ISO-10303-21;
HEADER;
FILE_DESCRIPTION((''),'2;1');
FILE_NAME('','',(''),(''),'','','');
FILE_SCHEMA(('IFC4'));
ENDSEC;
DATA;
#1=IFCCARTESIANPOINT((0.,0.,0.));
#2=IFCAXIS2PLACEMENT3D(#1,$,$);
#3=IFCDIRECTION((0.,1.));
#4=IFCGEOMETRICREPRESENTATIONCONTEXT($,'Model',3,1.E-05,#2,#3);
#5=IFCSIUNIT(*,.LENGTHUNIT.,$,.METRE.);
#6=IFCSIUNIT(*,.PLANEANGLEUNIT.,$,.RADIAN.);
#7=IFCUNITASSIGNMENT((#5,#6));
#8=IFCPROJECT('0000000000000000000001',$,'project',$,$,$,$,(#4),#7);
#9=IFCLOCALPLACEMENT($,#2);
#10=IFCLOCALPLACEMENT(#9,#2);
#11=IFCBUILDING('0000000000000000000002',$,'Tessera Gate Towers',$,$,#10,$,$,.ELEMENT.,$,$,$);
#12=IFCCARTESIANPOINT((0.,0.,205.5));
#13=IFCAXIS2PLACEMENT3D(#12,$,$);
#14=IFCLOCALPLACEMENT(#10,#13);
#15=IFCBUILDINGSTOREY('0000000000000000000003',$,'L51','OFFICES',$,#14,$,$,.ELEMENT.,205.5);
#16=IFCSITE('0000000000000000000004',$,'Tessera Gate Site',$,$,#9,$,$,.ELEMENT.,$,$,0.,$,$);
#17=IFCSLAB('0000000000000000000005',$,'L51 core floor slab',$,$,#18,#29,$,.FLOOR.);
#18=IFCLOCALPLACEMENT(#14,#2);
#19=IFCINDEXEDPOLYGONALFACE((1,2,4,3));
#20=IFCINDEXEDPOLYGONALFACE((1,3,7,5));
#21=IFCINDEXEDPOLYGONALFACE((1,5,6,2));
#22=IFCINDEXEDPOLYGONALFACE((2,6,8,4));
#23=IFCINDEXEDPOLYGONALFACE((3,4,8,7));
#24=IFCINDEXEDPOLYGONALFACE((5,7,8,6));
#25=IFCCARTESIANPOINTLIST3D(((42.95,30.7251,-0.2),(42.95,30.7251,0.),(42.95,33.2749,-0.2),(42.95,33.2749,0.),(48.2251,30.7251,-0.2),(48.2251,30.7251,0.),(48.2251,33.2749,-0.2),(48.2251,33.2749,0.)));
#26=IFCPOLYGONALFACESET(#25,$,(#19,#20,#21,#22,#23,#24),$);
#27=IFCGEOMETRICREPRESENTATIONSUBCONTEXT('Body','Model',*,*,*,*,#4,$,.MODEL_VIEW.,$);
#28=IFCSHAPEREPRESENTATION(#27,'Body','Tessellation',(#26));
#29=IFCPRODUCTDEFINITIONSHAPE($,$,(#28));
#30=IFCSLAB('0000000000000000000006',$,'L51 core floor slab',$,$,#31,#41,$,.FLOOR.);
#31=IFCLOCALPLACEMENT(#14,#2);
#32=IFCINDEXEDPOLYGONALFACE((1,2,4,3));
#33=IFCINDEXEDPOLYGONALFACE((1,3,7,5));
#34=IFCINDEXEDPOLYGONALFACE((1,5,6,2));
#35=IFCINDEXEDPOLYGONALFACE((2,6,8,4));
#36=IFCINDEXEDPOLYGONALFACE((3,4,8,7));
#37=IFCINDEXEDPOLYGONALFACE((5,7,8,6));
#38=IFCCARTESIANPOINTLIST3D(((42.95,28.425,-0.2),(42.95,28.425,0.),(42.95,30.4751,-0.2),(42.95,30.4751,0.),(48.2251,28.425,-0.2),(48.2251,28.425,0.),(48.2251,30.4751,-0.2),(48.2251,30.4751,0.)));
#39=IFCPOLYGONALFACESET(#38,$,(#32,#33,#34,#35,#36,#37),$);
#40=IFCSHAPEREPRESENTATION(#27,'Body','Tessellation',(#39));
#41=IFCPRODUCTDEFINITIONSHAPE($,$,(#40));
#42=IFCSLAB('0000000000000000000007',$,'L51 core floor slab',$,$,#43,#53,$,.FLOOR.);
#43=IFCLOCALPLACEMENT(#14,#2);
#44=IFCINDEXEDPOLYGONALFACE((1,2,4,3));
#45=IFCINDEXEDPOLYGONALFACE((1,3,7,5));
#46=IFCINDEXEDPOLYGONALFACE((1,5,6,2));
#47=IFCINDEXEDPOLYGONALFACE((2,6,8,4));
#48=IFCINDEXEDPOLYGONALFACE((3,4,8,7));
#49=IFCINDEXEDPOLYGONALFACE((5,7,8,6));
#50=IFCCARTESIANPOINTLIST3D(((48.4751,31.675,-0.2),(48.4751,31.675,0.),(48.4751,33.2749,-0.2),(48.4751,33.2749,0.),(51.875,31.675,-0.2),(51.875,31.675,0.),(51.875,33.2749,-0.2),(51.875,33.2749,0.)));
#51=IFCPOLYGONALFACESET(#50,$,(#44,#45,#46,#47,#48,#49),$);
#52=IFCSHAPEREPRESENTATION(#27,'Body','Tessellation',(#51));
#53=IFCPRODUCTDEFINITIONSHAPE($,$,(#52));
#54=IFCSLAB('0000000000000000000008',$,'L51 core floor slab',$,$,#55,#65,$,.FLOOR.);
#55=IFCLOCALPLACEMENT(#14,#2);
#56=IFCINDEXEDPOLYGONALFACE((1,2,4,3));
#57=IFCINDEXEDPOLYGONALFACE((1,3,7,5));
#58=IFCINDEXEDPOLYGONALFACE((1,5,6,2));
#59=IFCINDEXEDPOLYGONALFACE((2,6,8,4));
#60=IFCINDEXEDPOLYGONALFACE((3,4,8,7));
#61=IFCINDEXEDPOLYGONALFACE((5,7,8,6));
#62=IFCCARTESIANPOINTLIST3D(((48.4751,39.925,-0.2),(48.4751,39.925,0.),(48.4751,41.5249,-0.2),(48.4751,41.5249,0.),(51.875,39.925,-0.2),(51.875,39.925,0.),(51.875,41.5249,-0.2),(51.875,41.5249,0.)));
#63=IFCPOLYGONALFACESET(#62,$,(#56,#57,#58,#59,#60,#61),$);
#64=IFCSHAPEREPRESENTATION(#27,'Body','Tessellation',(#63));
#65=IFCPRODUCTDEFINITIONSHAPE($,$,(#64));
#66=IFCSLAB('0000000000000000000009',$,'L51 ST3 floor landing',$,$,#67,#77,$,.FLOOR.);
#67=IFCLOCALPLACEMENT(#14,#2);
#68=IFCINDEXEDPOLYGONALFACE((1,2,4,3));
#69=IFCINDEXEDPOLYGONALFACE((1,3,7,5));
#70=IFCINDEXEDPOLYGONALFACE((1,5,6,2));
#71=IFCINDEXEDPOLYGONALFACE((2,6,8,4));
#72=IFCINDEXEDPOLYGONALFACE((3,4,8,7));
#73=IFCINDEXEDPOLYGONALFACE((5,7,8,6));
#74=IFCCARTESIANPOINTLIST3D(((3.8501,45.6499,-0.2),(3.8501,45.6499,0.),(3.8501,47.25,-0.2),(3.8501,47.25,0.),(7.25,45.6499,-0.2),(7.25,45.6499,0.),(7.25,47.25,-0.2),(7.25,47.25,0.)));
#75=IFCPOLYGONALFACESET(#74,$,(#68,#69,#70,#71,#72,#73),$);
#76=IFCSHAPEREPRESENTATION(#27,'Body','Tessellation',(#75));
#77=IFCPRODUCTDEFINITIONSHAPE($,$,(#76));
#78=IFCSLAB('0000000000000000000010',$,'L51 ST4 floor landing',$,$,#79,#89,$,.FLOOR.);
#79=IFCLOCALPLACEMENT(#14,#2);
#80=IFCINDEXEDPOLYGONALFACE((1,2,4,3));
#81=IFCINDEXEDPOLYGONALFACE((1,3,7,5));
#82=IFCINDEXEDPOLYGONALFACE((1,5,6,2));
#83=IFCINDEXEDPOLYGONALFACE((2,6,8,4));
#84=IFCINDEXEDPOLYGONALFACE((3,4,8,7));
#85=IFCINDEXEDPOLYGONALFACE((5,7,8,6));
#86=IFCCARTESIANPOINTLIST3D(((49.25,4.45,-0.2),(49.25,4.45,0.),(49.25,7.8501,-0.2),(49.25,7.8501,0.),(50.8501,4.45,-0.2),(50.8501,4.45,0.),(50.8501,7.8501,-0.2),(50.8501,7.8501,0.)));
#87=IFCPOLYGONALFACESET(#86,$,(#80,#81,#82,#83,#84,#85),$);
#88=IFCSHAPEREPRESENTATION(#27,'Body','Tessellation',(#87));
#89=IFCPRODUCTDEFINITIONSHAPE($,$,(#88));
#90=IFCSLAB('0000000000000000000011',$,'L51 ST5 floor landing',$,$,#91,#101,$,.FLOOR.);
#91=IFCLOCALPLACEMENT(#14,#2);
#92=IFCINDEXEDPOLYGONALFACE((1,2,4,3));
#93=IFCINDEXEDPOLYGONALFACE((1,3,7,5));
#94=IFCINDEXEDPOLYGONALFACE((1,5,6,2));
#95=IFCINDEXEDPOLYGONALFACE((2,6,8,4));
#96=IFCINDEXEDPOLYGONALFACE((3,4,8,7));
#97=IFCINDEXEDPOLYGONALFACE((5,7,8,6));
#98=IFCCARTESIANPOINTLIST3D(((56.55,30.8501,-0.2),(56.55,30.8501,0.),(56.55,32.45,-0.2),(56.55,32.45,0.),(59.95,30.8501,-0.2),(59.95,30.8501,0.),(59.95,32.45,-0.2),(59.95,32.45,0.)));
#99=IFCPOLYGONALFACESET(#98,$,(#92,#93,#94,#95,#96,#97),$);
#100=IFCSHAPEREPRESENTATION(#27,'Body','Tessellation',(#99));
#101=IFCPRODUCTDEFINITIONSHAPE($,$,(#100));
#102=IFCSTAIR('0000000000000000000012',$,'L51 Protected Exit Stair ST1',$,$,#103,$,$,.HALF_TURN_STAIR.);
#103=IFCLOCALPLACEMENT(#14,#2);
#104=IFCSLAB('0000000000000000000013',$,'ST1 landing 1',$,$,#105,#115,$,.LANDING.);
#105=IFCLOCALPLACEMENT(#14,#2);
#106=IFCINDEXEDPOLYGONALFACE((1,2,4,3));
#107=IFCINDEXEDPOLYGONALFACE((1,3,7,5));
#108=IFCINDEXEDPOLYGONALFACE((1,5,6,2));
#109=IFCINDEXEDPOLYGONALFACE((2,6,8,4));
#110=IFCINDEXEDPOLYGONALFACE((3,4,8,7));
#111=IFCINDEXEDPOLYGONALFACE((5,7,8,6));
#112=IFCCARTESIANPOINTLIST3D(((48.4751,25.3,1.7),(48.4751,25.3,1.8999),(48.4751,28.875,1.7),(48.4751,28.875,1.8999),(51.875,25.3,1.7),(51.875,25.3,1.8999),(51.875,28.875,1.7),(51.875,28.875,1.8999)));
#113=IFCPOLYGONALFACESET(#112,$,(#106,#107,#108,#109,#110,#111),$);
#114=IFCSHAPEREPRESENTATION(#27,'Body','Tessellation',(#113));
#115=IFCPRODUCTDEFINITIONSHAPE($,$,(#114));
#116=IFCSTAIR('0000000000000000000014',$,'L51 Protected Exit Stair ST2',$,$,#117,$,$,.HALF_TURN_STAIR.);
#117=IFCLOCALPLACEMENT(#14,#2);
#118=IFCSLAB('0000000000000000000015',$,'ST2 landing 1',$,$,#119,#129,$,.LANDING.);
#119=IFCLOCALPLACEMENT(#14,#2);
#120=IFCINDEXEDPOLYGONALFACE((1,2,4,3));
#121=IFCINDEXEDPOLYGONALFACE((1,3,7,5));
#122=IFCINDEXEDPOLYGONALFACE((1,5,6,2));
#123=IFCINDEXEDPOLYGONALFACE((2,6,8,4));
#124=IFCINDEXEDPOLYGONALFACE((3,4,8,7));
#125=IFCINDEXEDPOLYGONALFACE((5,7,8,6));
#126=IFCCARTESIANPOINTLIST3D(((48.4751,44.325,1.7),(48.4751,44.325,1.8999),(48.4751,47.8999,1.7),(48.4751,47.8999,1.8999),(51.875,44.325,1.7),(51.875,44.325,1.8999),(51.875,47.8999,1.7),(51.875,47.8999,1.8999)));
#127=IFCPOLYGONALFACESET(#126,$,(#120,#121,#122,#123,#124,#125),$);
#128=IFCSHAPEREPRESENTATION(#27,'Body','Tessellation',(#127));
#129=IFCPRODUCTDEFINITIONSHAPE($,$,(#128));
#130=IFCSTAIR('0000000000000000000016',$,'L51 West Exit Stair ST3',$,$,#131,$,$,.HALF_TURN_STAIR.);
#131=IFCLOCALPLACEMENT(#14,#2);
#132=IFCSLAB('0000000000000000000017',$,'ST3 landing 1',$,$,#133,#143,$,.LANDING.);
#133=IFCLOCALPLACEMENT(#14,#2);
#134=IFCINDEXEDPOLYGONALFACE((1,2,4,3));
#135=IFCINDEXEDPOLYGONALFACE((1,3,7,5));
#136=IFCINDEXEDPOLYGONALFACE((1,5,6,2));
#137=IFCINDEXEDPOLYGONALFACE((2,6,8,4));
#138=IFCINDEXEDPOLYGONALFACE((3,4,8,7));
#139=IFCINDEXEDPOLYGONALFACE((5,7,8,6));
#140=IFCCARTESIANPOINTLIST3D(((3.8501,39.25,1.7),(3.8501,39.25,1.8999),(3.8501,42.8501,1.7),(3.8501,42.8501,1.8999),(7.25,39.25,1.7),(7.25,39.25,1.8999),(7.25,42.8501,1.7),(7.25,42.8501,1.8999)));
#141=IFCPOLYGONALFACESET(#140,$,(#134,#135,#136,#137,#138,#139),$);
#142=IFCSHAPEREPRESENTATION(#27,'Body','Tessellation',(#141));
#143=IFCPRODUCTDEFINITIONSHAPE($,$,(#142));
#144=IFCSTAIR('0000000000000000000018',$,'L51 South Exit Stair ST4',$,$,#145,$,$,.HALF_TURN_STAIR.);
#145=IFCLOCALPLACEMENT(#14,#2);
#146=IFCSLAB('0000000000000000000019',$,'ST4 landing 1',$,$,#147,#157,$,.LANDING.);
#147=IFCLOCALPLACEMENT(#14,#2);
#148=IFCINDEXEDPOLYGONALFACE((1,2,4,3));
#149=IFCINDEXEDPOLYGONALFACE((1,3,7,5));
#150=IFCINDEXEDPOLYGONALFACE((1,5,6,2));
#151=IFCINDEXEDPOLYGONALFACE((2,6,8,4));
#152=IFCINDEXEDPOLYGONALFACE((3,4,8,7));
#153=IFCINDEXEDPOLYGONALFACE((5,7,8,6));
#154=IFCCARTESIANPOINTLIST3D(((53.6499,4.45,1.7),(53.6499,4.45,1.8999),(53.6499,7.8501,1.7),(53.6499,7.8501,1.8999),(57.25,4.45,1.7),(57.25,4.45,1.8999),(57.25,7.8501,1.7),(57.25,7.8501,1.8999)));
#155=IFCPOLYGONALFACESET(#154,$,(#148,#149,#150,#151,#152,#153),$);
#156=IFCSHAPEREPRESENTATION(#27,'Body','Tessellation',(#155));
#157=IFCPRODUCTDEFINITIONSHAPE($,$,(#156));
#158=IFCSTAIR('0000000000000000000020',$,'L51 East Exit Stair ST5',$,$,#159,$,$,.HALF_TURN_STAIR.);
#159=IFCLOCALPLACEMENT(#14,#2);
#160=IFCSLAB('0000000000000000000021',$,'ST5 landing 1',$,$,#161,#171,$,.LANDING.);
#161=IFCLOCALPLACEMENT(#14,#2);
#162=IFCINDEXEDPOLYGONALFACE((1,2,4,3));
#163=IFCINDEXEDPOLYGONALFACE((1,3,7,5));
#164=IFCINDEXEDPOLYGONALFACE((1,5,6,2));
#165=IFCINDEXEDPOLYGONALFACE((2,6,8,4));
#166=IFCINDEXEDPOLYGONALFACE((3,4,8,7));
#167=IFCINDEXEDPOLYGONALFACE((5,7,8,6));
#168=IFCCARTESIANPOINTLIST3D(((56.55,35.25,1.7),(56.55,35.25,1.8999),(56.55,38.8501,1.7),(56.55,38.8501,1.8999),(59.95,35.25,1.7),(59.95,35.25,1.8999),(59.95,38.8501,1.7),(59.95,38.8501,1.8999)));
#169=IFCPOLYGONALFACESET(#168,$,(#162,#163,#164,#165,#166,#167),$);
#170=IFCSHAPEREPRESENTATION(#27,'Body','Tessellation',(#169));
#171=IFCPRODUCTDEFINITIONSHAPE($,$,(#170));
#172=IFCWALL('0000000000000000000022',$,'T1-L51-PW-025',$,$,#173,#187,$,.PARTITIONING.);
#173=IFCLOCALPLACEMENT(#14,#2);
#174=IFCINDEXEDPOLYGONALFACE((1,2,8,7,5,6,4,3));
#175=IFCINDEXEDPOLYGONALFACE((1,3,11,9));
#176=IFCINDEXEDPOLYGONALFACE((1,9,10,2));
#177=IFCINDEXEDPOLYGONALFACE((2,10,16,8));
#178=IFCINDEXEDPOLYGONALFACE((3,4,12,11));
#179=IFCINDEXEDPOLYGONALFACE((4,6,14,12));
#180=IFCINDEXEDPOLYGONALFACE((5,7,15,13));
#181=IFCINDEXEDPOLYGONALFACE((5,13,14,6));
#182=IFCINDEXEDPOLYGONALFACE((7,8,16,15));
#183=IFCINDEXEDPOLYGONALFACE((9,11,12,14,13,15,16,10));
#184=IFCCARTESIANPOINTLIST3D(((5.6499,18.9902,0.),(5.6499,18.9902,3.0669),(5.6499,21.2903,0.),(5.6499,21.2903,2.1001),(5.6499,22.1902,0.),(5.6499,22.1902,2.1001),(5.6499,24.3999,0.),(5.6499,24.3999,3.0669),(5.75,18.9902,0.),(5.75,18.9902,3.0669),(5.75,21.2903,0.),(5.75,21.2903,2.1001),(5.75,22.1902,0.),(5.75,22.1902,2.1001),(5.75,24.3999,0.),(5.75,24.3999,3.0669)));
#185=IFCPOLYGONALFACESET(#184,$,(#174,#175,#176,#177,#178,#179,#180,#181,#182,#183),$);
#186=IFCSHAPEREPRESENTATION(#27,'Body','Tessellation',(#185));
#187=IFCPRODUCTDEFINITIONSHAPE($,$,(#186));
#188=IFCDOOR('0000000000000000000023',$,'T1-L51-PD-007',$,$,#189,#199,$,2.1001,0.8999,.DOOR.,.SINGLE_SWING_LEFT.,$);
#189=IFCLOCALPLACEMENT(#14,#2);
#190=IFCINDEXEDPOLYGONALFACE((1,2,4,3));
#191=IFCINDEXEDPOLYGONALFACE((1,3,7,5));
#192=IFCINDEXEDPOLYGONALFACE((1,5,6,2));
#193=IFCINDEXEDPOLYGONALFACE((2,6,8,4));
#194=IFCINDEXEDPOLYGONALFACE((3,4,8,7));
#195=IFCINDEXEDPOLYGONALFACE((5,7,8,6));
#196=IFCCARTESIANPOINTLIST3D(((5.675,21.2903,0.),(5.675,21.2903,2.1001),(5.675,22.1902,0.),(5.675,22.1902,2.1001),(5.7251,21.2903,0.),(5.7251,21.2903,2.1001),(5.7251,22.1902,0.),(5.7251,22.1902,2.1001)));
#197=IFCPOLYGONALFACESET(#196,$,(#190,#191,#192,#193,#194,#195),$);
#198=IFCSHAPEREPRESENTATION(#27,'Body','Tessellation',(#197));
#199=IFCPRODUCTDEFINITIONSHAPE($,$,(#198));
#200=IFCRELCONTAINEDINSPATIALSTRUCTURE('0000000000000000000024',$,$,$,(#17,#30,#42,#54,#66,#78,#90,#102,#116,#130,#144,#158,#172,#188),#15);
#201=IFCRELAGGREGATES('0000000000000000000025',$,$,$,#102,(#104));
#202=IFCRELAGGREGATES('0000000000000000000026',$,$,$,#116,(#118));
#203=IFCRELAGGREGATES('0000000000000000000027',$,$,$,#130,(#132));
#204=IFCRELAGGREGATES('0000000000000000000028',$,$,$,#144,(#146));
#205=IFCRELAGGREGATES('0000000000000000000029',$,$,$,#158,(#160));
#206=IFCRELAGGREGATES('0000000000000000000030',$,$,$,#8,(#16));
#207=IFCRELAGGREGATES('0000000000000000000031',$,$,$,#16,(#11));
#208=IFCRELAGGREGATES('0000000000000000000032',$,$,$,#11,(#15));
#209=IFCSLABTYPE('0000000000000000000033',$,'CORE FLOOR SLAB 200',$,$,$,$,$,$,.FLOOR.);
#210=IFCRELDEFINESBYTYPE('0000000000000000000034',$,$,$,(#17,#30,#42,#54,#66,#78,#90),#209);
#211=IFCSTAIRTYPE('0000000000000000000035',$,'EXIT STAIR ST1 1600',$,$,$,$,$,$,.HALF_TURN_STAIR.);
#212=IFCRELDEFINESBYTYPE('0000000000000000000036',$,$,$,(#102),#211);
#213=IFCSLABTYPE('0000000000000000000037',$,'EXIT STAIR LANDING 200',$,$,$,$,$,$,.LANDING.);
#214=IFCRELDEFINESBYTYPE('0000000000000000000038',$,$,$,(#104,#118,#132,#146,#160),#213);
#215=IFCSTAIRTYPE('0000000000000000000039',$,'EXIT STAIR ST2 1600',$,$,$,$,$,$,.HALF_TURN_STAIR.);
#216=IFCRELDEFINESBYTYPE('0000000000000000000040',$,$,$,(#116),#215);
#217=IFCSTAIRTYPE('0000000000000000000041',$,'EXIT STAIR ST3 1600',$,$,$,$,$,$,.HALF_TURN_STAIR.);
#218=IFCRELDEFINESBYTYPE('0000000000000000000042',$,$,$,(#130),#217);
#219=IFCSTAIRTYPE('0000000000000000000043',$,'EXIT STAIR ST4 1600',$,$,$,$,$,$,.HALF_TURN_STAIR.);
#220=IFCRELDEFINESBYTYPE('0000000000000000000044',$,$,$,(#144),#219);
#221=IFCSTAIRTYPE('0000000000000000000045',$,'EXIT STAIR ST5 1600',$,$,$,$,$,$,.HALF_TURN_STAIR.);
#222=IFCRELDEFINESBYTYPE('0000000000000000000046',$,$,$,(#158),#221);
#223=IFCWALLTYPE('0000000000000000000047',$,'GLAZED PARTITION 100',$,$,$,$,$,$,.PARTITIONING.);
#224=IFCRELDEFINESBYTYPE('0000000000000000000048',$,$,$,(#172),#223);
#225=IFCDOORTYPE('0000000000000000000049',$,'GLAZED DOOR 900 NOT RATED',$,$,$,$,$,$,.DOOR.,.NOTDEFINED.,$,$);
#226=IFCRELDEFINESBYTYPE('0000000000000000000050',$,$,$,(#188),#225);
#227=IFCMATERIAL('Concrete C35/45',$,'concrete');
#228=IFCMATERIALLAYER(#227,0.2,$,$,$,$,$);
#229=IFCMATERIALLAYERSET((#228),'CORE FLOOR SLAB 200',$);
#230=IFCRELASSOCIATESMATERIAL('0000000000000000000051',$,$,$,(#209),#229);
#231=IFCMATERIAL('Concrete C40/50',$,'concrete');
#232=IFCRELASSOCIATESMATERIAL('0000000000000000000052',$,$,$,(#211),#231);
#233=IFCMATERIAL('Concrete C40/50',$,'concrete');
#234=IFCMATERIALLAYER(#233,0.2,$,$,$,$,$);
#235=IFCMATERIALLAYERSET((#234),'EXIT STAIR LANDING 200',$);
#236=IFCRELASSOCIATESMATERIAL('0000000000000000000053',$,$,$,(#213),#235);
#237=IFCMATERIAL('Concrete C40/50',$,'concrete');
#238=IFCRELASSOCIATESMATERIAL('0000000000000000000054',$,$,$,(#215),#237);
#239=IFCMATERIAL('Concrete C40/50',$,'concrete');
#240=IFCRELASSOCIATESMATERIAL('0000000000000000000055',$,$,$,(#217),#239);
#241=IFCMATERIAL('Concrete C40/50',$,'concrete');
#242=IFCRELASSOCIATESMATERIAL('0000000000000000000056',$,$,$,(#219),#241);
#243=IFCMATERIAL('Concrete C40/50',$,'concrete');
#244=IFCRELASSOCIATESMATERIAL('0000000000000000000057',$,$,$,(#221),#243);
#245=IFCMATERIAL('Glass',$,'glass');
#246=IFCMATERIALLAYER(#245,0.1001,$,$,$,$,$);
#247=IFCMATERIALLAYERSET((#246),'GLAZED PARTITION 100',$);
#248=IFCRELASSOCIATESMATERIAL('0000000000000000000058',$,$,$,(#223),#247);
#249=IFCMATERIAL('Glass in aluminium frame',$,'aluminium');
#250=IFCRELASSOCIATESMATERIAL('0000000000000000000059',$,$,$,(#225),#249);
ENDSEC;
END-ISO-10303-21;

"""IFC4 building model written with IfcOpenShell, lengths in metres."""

from ifc_helpers import new_model, si_unit, direction, frame, frame_2d, origin, place, context, subcontext, project, spatial, polyline, rectangle, outline, extrude, source, transform, mapped, material, layer, layer_set, type_object, element, fill, aggregate, save


model = new_model("IFC4")

# Units and contexts
model_context = context("Model", 3, precision=1e-05, world=origin(), true_north=direction((0.0, 1.0)))
body_context = subcontext(model_context, "Body", "Model", "MODEL_VIEW")
ifc_project = project(units=[si_unit("LENGTHUNIT", "METRE"), si_unit("PLANEANGLEUNIT", "RADIAN")], contexts=[model_context])

# Site, building, storey
site_placement = place(None, origin())
site = spatial("IfcSite", under=ifc_project, at=site_placement, Name="Tessera Gate Site", CompositionType="ELEMENT", RefElevation=0.0)
building_placement = place(site_placement, origin())
building = spatial("IfcBuilding", under=site, at=building_placement, Name="Tessera Gate Towers", CompositionType="ELEMENT")
storey_placement = place(building_placement, frame((0.0, 0.0, 205.5)))
storey = spatial("IfcBuildingStorey", under=building, at=storey_placement, Name="L51", Description="OFFICES", CompositionType="ELEMENT", Elevation=205.5)

# Slabs
ifc_material_1 = material(Name="Concrete C35/45", Category="concrete")
ifc_layer_1 = layer(ifc_material_1, 0.2)
ifc_layer_set_1 = layer_set([ifc_layer_1], Name="CORE FLOOR SLAB 200")
slab_type_1 = type_object("IfcSlabType", Name="CORE FLOOR SLAB 200", PredefinedType="FLOOR", material=ifc_layer_set_1)
slab_1_placement = place(storey_placement, frame((0.0, 0.0, -0.2)))
element("IfcSlab", 1, at=slab_1_placement, inside=storey, type_object=slab_type_1, Name="L51 core floor slab", PredefinedType="FLOOR", context=body_context, shape_type="SweptSolid", body=[
    extrude(outline(polyline([(42.95, 33.2749), (42.95, 30.7251), (48.2251, 30.7251), (48.2251, 33.2749), (42.95, 33.2749)])), origin(), (0.0, 0.0, 1.0), 0.2),
])
slab_2_placement = place(storey_placement, frame((0.0, 0.0, -0.2)))
element("IfcSlab", 2, at=slab_2_placement, inside=storey, type_object=slab_type_1, Name="L51 core floor slab", PredefinedType="FLOOR", context=body_context, shape_type="SweptSolid", body=[
    extrude(outline(polyline([(48.2251, 30.4751), (42.95, 30.4751), (42.95, 28.425), (48.2251, 28.425), (48.2251, 30.4751)])), origin(), (0.0, 0.0, 1.0), 0.2),
])
slab_3_placement = place(storey_placement, frame((0.0, 0.0, -0.2)))
element("IfcSlab", 3, at=slab_3_placement, inside=storey, type_object=slab_type_1, Name="L51 core floor slab", PredefinedType="FLOOR", context=body_context, shape_type="SweptSolid", body=[
    extrude(outline(polyline([(51.875, 31.675), (51.875, 33.2749), (48.4751, 33.2749), (48.4751, 31.675), (51.875, 31.675)])), origin(), (0.0, 0.0, 1.0), 0.2),
])
slab_4_placement = place(storey_placement, frame((0.0, 0.0, -0.2)))
element("IfcSlab", 4, at=slab_4_placement, inside=storey, type_object=slab_type_1, Name="L51 core floor slab", PredefinedType="FLOOR", context=body_context, shape_type="SweptSolid", body=[
    extrude(outline(polyline([(48.4751, 41.5249), (48.4751, 39.925), (51.875, 39.925), (51.875, 41.5249), (48.4751, 41.5249)])), origin(), (0.0, 0.0, 1.0), 0.2),
])
slab_5_placement = place(storey_placement, frame((0.0, 0.0, -0.2)))
element("IfcSlab", 5, at=slab_5_placement, inside=storey, type_object=slab_type_1, Name="L51 ST3 floor landing", PredefinedType="FLOOR", context=body_context, shape_type="SweptSolid", body=[
    extrude(outline(polyline([(3.8501, 47.25), (3.8501, 45.6499), (7.25, 45.6499), (7.25, 47.25), (3.8501, 47.25)])), origin(), (0.0, 0.0, 1.0), 0.2),
])
slab_6_placement = place(storey_placement, frame((0.0, 0.0, -0.2)))
element("IfcSlab", 6, at=slab_6_placement, inside=storey, type_object=slab_type_1, Name="L51 ST4 floor landing", PredefinedType="FLOOR", context=body_context, shape_type="SweptSolid", body=[
    extrude(outline(polyline([(49.25, 4.45), (50.8501, 4.45), (50.8501, 7.8501), (49.25, 7.8501), (49.25, 4.45)])), origin(), (0.0, 0.0, 1.0), 0.2),
])
slab_7_placement = place(storey_placement, frame((0.0, 0.0, -0.2)))
element("IfcSlab", 7, at=slab_7_placement, inside=storey, type_object=slab_type_1, Name="L51 ST5 floor landing", PredefinedType="FLOOR", context=body_context, shape_type="SweptSolid", body=[
    extrude(outline(polyline([(59.95, 30.8501), (59.95, 32.45), (56.55, 32.45), (56.55, 30.8501), (59.95, 30.8501)])), origin(), (0.0, 0.0, 1.0), 0.2),
])

# Stairs, slabs
ifc_material_2 = material(Name="Concrete C40/50", Category="concrete")
stair_type_1 = type_object("IfcStairType", Name="EXIT STAIR ST1 1600", PredefinedType="HALF_TURN_STAIR", material=ifc_material_2)
stair_1_placement = place(storey_placement, origin())
stair_1 = element("IfcStair", 8, at=stair_1_placement, inside=storey, type_object=stair_type_1, Name="L51 Protected Exit Stair ST1", PredefinedType="HALF_TURN_STAIR")
ifc_material_3 = material(Name="Concrete C40/50", Category="concrete")
ifc_layer_2 = layer(ifc_material_3, 0.2)
ifc_layer_set_2 = layer_set([ifc_layer_2], Name="EXIT STAIR LANDING 200")
slab_type_2 = type_object("IfcSlabType", Name="EXIT STAIR LANDING 200", PredefinedType="LANDING", material=ifc_layer_set_2)
slab_8_placement = place(storey_placement, frame((0.0, 0.0, 1.7)))
slab_8 = element("IfcSlab", 9, at=slab_8_placement, type_object=slab_type_2, Name="ST1 landing 1", PredefinedType="LANDING", context=body_context, shape_type="SweptSolid", body=[
    extrude(outline(polyline([(48.4751, 28.875), (48.4751, 25.3), (51.875, 25.3), (51.875, 28.875), (48.4751, 28.875)])), origin(), (0.0, 0.0, 1.0), 0.2),
])
aggregate(stair_1, [slab_8])
ifc_material_4 = material(Name="Concrete C40/50", Category="concrete")
stair_type_2 = type_object("IfcStairType", Name="EXIT STAIR ST2 1600", PredefinedType="HALF_TURN_STAIR", material=ifc_material_4)
stair_2_placement = place(storey_placement, origin())
stair_2 = element("IfcStair", 10, at=stair_2_placement, inside=storey, type_object=stair_type_2, Name="L51 Protected Exit Stair ST2", PredefinedType="HALF_TURN_STAIR")
slab_9_placement = place(storey_placement, frame((0.0, 0.0, 1.7)))
slab_9 = element("IfcSlab", 11, at=slab_9_placement, type_object=slab_type_2, Name="ST2 landing 1", PredefinedType="LANDING", context=body_context, shape_type="SweptSolid", body=[
    extrude(outline(polyline([(51.875, 44.325), (51.875, 47.8999), (48.4751, 47.8999), (48.4751, 44.325), (51.875, 44.325)])), origin(), (0.0, 0.0, 1.0), 0.2),
])
aggregate(stair_2, [slab_9])
ifc_material_5 = material(Name="Concrete C40/50", Category="concrete")
stair_type_3 = type_object("IfcStairType", Name="EXIT STAIR ST3 1600", PredefinedType="HALF_TURN_STAIR", material=ifc_material_5)
stair_3_placement = place(storey_placement, origin())
stair_3 = element("IfcStair", 12, at=stair_3_placement, inside=storey, type_object=stair_type_3, Name="L51 West Exit Stair ST3", PredefinedType="HALF_TURN_STAIR")
slab_10_placement = place(storey_placement, frame((0.0, 0.0, 1.7)))
slab_10 = element("IfcSlab", 13, at=slab_10_placement, type_object=slab_type_2, Name="ST3 landing 1", PredefinedType="LANDING", context=body_context, shape_type="SweptSolid", body=[
    extrude(outline(polyline([(3.8501, 42.8501), (3.8501, 39.25), (7.25, 39.25), (7.25, 42.8501), (3.8501, 42.8501)])), origin(), (0.0, 0.0, 1.0), 0.2),
])
aggregate(stair_3, [slab_10])
ifc_material_6 = material(Name="Concrete C40/50", Category="concrete")
stair_type_4 = type_object("IfcStairType", Name="EXIT STAIR ST4 1600", PredefinedType="HALF_TURN_STAIR", material=ifc_material_6)
stair_4_placement = place(storey_placement, origin())
stair_4 = element("IfcStair", 14, at=stair_4_placement, inside=storey, type_object=stair_type_4, Name="L51 South Exit Stair ST4", PredefinedType="HALF_TURN_STAIR")
slab_11_placement = place(storey_placement, frame((0.0, 0.0, 1.7)))
slab_11 = element("IfcSlab", 15, at=slab_11_placement, type_object=slab_type_2, Name="ST4 landing 1", PredefinedType="LANDING", context=body_context, shape_type="SweptSolid", body=[
    extrude(outline(polyline([(53.6499, 4.45), (57.25, 4.45), (57.25, 7.8501), (53.6499, 7.8501), (53.6499, 4.45)])), origin(), (0.0, 0.0, 1.0), 0.2),
])
aggregate(stair_4, [slab_11])
ifc_material_7 = material(Name="Concrete C40/50", Category="concrete")
stair_type_5 = type_object("IfcStairType", Name="EXIT STAIR ST5 1600", PredefinedType="HALF_TURN_STAIR", material=ifc_material_7)
stair_5_placement = place(storey_placement, origin())
stair_5 = element("IfcStair", 16, at=stair_5_placement, inside=storey, type_object=stair_type_5, Name="L51 East Exit Stair ST5", PredefinedType="HALF_TURN_STAIR")
slab_12_placement = place(storey_placement, frame((0.0, 0.0, 1.7)))
slab_12 = element("IfcSlab", 17, at=slab_12_placement, type_object=slab_type_2, Name="ST5 landing 1", PredefinedType="LANDING", context=body_context, shape_type="SweptSolid", body=[
    extrude(outline(polyline([(59.95, 35.25), (59.95, 38.8501), (56.55, 38.8501), (56.55, 35.25), (59.95, 35.25)])), origin(), (0.0, 0.0, 1.0), 0.2),
])
aggregate(stair_5, [slab_12])

# Wall, opening, door
ifc_material_8 = material(Name="Glass", Category="glass")
ifc_layer_3 = layer(ifc_material_8, 0.1001)
ifc_layer_set_3 = layer_set([ifc_layer_3], Name="GLAZED PARTITION 100")
wall_type_1 = type_object("IfcWallType", Name="GLAZED PARTITION 100", PredefinedType="PARTITIONING", material=ifc_layer_set_3)
wall_1_placement = place(storey_placement, frame((5.7, 18.9902, 0.0), z_axis=(0.0, 0.0, 1.0), x_axis=(0.0, 1.0, 0.0)))
wall_1 = element("IfcWall", 18, at=wall_1_placement, inside=storey, type_object=wall_type_1, Name="T1-L51-PW-025", PredefinedType="PARTITIONING", context=body_context, shape_type="SweptSolid", body=[
    extrude(rectangle(XDim=5.4097, YDim=0.1001, at=frame_2d((2.7048, 0.0))), origin(), (0.0, 0.0, 1.0), 3.0669),
])
shared_shape_1 = source(origin(), body_context, "Body", "SweptSolid", [
    extrude(rectangle(XDim=0.8999, YDim=2.1001, at=frame_2d((0.45, 1.05))), frame((0.0, 0.0601, 0.0), z_axis=(0.0, -1.0, 0.0), x_axis=(1.0, 0.0, 0.0)), (0.0, 0.0, 1.0), 0.1201),
])
opening_1_placement = place(wall_1_placement, frame((2.3, 0.0, 0.0)))
opening_1 = element("IfcOpeningElement", 19, at=opening_1_placement, cuts=wall_1, PredefinedType="OPENING", context=body_context, shape_type="MappedRepresentation", body=[
    mapped(shared_shape_1, transform((0.0, 0.0, 0.0), scale=1.0)),
])
ifc_material_9 = material(Name="Glass in aluminium frame", Category="aluminium")
door_type = type_object("IfcDoorType", Name="GLAZED DOOR 900 NOT RATED", OperationType="NOTDEFINED", PredefinedType="DOOR", material=ifc_material_9)
shared_shape_2 = source(origin(), body_context, "Body", "SweptSolid", [
    extrude(rectangle(XDim=0.8999, YDim=2.1001, at=frame_2d((0.45, 1.05))), frame((0.0, 0.0249, 0.0), z_axis=(0.0, -1.0, 0.0), x_axis=(1.0, 0.0, 0.0)), (0.0, 0.0, 1.0), 0.05),
])
door_placement = place(opening_1_placement, origin())
door = element("IfcDoor", 20, at=door_placement, inside=storey, type_object=door_type, Name="T1-L51-PD-007", OperationType="SINGLE_SWING_LEFT", OverallHeight=2.1001, OverallWidth=0.8999, PredefinedType="DOOR", context=body_context, shape_type="MappedRepresentation", body=[
    mapped(shared_shape_2, transform((0.0, 0.0, 0.0), scale=1.0)),
])
fill(opening_1, door)

save(model, "model.ifc")
